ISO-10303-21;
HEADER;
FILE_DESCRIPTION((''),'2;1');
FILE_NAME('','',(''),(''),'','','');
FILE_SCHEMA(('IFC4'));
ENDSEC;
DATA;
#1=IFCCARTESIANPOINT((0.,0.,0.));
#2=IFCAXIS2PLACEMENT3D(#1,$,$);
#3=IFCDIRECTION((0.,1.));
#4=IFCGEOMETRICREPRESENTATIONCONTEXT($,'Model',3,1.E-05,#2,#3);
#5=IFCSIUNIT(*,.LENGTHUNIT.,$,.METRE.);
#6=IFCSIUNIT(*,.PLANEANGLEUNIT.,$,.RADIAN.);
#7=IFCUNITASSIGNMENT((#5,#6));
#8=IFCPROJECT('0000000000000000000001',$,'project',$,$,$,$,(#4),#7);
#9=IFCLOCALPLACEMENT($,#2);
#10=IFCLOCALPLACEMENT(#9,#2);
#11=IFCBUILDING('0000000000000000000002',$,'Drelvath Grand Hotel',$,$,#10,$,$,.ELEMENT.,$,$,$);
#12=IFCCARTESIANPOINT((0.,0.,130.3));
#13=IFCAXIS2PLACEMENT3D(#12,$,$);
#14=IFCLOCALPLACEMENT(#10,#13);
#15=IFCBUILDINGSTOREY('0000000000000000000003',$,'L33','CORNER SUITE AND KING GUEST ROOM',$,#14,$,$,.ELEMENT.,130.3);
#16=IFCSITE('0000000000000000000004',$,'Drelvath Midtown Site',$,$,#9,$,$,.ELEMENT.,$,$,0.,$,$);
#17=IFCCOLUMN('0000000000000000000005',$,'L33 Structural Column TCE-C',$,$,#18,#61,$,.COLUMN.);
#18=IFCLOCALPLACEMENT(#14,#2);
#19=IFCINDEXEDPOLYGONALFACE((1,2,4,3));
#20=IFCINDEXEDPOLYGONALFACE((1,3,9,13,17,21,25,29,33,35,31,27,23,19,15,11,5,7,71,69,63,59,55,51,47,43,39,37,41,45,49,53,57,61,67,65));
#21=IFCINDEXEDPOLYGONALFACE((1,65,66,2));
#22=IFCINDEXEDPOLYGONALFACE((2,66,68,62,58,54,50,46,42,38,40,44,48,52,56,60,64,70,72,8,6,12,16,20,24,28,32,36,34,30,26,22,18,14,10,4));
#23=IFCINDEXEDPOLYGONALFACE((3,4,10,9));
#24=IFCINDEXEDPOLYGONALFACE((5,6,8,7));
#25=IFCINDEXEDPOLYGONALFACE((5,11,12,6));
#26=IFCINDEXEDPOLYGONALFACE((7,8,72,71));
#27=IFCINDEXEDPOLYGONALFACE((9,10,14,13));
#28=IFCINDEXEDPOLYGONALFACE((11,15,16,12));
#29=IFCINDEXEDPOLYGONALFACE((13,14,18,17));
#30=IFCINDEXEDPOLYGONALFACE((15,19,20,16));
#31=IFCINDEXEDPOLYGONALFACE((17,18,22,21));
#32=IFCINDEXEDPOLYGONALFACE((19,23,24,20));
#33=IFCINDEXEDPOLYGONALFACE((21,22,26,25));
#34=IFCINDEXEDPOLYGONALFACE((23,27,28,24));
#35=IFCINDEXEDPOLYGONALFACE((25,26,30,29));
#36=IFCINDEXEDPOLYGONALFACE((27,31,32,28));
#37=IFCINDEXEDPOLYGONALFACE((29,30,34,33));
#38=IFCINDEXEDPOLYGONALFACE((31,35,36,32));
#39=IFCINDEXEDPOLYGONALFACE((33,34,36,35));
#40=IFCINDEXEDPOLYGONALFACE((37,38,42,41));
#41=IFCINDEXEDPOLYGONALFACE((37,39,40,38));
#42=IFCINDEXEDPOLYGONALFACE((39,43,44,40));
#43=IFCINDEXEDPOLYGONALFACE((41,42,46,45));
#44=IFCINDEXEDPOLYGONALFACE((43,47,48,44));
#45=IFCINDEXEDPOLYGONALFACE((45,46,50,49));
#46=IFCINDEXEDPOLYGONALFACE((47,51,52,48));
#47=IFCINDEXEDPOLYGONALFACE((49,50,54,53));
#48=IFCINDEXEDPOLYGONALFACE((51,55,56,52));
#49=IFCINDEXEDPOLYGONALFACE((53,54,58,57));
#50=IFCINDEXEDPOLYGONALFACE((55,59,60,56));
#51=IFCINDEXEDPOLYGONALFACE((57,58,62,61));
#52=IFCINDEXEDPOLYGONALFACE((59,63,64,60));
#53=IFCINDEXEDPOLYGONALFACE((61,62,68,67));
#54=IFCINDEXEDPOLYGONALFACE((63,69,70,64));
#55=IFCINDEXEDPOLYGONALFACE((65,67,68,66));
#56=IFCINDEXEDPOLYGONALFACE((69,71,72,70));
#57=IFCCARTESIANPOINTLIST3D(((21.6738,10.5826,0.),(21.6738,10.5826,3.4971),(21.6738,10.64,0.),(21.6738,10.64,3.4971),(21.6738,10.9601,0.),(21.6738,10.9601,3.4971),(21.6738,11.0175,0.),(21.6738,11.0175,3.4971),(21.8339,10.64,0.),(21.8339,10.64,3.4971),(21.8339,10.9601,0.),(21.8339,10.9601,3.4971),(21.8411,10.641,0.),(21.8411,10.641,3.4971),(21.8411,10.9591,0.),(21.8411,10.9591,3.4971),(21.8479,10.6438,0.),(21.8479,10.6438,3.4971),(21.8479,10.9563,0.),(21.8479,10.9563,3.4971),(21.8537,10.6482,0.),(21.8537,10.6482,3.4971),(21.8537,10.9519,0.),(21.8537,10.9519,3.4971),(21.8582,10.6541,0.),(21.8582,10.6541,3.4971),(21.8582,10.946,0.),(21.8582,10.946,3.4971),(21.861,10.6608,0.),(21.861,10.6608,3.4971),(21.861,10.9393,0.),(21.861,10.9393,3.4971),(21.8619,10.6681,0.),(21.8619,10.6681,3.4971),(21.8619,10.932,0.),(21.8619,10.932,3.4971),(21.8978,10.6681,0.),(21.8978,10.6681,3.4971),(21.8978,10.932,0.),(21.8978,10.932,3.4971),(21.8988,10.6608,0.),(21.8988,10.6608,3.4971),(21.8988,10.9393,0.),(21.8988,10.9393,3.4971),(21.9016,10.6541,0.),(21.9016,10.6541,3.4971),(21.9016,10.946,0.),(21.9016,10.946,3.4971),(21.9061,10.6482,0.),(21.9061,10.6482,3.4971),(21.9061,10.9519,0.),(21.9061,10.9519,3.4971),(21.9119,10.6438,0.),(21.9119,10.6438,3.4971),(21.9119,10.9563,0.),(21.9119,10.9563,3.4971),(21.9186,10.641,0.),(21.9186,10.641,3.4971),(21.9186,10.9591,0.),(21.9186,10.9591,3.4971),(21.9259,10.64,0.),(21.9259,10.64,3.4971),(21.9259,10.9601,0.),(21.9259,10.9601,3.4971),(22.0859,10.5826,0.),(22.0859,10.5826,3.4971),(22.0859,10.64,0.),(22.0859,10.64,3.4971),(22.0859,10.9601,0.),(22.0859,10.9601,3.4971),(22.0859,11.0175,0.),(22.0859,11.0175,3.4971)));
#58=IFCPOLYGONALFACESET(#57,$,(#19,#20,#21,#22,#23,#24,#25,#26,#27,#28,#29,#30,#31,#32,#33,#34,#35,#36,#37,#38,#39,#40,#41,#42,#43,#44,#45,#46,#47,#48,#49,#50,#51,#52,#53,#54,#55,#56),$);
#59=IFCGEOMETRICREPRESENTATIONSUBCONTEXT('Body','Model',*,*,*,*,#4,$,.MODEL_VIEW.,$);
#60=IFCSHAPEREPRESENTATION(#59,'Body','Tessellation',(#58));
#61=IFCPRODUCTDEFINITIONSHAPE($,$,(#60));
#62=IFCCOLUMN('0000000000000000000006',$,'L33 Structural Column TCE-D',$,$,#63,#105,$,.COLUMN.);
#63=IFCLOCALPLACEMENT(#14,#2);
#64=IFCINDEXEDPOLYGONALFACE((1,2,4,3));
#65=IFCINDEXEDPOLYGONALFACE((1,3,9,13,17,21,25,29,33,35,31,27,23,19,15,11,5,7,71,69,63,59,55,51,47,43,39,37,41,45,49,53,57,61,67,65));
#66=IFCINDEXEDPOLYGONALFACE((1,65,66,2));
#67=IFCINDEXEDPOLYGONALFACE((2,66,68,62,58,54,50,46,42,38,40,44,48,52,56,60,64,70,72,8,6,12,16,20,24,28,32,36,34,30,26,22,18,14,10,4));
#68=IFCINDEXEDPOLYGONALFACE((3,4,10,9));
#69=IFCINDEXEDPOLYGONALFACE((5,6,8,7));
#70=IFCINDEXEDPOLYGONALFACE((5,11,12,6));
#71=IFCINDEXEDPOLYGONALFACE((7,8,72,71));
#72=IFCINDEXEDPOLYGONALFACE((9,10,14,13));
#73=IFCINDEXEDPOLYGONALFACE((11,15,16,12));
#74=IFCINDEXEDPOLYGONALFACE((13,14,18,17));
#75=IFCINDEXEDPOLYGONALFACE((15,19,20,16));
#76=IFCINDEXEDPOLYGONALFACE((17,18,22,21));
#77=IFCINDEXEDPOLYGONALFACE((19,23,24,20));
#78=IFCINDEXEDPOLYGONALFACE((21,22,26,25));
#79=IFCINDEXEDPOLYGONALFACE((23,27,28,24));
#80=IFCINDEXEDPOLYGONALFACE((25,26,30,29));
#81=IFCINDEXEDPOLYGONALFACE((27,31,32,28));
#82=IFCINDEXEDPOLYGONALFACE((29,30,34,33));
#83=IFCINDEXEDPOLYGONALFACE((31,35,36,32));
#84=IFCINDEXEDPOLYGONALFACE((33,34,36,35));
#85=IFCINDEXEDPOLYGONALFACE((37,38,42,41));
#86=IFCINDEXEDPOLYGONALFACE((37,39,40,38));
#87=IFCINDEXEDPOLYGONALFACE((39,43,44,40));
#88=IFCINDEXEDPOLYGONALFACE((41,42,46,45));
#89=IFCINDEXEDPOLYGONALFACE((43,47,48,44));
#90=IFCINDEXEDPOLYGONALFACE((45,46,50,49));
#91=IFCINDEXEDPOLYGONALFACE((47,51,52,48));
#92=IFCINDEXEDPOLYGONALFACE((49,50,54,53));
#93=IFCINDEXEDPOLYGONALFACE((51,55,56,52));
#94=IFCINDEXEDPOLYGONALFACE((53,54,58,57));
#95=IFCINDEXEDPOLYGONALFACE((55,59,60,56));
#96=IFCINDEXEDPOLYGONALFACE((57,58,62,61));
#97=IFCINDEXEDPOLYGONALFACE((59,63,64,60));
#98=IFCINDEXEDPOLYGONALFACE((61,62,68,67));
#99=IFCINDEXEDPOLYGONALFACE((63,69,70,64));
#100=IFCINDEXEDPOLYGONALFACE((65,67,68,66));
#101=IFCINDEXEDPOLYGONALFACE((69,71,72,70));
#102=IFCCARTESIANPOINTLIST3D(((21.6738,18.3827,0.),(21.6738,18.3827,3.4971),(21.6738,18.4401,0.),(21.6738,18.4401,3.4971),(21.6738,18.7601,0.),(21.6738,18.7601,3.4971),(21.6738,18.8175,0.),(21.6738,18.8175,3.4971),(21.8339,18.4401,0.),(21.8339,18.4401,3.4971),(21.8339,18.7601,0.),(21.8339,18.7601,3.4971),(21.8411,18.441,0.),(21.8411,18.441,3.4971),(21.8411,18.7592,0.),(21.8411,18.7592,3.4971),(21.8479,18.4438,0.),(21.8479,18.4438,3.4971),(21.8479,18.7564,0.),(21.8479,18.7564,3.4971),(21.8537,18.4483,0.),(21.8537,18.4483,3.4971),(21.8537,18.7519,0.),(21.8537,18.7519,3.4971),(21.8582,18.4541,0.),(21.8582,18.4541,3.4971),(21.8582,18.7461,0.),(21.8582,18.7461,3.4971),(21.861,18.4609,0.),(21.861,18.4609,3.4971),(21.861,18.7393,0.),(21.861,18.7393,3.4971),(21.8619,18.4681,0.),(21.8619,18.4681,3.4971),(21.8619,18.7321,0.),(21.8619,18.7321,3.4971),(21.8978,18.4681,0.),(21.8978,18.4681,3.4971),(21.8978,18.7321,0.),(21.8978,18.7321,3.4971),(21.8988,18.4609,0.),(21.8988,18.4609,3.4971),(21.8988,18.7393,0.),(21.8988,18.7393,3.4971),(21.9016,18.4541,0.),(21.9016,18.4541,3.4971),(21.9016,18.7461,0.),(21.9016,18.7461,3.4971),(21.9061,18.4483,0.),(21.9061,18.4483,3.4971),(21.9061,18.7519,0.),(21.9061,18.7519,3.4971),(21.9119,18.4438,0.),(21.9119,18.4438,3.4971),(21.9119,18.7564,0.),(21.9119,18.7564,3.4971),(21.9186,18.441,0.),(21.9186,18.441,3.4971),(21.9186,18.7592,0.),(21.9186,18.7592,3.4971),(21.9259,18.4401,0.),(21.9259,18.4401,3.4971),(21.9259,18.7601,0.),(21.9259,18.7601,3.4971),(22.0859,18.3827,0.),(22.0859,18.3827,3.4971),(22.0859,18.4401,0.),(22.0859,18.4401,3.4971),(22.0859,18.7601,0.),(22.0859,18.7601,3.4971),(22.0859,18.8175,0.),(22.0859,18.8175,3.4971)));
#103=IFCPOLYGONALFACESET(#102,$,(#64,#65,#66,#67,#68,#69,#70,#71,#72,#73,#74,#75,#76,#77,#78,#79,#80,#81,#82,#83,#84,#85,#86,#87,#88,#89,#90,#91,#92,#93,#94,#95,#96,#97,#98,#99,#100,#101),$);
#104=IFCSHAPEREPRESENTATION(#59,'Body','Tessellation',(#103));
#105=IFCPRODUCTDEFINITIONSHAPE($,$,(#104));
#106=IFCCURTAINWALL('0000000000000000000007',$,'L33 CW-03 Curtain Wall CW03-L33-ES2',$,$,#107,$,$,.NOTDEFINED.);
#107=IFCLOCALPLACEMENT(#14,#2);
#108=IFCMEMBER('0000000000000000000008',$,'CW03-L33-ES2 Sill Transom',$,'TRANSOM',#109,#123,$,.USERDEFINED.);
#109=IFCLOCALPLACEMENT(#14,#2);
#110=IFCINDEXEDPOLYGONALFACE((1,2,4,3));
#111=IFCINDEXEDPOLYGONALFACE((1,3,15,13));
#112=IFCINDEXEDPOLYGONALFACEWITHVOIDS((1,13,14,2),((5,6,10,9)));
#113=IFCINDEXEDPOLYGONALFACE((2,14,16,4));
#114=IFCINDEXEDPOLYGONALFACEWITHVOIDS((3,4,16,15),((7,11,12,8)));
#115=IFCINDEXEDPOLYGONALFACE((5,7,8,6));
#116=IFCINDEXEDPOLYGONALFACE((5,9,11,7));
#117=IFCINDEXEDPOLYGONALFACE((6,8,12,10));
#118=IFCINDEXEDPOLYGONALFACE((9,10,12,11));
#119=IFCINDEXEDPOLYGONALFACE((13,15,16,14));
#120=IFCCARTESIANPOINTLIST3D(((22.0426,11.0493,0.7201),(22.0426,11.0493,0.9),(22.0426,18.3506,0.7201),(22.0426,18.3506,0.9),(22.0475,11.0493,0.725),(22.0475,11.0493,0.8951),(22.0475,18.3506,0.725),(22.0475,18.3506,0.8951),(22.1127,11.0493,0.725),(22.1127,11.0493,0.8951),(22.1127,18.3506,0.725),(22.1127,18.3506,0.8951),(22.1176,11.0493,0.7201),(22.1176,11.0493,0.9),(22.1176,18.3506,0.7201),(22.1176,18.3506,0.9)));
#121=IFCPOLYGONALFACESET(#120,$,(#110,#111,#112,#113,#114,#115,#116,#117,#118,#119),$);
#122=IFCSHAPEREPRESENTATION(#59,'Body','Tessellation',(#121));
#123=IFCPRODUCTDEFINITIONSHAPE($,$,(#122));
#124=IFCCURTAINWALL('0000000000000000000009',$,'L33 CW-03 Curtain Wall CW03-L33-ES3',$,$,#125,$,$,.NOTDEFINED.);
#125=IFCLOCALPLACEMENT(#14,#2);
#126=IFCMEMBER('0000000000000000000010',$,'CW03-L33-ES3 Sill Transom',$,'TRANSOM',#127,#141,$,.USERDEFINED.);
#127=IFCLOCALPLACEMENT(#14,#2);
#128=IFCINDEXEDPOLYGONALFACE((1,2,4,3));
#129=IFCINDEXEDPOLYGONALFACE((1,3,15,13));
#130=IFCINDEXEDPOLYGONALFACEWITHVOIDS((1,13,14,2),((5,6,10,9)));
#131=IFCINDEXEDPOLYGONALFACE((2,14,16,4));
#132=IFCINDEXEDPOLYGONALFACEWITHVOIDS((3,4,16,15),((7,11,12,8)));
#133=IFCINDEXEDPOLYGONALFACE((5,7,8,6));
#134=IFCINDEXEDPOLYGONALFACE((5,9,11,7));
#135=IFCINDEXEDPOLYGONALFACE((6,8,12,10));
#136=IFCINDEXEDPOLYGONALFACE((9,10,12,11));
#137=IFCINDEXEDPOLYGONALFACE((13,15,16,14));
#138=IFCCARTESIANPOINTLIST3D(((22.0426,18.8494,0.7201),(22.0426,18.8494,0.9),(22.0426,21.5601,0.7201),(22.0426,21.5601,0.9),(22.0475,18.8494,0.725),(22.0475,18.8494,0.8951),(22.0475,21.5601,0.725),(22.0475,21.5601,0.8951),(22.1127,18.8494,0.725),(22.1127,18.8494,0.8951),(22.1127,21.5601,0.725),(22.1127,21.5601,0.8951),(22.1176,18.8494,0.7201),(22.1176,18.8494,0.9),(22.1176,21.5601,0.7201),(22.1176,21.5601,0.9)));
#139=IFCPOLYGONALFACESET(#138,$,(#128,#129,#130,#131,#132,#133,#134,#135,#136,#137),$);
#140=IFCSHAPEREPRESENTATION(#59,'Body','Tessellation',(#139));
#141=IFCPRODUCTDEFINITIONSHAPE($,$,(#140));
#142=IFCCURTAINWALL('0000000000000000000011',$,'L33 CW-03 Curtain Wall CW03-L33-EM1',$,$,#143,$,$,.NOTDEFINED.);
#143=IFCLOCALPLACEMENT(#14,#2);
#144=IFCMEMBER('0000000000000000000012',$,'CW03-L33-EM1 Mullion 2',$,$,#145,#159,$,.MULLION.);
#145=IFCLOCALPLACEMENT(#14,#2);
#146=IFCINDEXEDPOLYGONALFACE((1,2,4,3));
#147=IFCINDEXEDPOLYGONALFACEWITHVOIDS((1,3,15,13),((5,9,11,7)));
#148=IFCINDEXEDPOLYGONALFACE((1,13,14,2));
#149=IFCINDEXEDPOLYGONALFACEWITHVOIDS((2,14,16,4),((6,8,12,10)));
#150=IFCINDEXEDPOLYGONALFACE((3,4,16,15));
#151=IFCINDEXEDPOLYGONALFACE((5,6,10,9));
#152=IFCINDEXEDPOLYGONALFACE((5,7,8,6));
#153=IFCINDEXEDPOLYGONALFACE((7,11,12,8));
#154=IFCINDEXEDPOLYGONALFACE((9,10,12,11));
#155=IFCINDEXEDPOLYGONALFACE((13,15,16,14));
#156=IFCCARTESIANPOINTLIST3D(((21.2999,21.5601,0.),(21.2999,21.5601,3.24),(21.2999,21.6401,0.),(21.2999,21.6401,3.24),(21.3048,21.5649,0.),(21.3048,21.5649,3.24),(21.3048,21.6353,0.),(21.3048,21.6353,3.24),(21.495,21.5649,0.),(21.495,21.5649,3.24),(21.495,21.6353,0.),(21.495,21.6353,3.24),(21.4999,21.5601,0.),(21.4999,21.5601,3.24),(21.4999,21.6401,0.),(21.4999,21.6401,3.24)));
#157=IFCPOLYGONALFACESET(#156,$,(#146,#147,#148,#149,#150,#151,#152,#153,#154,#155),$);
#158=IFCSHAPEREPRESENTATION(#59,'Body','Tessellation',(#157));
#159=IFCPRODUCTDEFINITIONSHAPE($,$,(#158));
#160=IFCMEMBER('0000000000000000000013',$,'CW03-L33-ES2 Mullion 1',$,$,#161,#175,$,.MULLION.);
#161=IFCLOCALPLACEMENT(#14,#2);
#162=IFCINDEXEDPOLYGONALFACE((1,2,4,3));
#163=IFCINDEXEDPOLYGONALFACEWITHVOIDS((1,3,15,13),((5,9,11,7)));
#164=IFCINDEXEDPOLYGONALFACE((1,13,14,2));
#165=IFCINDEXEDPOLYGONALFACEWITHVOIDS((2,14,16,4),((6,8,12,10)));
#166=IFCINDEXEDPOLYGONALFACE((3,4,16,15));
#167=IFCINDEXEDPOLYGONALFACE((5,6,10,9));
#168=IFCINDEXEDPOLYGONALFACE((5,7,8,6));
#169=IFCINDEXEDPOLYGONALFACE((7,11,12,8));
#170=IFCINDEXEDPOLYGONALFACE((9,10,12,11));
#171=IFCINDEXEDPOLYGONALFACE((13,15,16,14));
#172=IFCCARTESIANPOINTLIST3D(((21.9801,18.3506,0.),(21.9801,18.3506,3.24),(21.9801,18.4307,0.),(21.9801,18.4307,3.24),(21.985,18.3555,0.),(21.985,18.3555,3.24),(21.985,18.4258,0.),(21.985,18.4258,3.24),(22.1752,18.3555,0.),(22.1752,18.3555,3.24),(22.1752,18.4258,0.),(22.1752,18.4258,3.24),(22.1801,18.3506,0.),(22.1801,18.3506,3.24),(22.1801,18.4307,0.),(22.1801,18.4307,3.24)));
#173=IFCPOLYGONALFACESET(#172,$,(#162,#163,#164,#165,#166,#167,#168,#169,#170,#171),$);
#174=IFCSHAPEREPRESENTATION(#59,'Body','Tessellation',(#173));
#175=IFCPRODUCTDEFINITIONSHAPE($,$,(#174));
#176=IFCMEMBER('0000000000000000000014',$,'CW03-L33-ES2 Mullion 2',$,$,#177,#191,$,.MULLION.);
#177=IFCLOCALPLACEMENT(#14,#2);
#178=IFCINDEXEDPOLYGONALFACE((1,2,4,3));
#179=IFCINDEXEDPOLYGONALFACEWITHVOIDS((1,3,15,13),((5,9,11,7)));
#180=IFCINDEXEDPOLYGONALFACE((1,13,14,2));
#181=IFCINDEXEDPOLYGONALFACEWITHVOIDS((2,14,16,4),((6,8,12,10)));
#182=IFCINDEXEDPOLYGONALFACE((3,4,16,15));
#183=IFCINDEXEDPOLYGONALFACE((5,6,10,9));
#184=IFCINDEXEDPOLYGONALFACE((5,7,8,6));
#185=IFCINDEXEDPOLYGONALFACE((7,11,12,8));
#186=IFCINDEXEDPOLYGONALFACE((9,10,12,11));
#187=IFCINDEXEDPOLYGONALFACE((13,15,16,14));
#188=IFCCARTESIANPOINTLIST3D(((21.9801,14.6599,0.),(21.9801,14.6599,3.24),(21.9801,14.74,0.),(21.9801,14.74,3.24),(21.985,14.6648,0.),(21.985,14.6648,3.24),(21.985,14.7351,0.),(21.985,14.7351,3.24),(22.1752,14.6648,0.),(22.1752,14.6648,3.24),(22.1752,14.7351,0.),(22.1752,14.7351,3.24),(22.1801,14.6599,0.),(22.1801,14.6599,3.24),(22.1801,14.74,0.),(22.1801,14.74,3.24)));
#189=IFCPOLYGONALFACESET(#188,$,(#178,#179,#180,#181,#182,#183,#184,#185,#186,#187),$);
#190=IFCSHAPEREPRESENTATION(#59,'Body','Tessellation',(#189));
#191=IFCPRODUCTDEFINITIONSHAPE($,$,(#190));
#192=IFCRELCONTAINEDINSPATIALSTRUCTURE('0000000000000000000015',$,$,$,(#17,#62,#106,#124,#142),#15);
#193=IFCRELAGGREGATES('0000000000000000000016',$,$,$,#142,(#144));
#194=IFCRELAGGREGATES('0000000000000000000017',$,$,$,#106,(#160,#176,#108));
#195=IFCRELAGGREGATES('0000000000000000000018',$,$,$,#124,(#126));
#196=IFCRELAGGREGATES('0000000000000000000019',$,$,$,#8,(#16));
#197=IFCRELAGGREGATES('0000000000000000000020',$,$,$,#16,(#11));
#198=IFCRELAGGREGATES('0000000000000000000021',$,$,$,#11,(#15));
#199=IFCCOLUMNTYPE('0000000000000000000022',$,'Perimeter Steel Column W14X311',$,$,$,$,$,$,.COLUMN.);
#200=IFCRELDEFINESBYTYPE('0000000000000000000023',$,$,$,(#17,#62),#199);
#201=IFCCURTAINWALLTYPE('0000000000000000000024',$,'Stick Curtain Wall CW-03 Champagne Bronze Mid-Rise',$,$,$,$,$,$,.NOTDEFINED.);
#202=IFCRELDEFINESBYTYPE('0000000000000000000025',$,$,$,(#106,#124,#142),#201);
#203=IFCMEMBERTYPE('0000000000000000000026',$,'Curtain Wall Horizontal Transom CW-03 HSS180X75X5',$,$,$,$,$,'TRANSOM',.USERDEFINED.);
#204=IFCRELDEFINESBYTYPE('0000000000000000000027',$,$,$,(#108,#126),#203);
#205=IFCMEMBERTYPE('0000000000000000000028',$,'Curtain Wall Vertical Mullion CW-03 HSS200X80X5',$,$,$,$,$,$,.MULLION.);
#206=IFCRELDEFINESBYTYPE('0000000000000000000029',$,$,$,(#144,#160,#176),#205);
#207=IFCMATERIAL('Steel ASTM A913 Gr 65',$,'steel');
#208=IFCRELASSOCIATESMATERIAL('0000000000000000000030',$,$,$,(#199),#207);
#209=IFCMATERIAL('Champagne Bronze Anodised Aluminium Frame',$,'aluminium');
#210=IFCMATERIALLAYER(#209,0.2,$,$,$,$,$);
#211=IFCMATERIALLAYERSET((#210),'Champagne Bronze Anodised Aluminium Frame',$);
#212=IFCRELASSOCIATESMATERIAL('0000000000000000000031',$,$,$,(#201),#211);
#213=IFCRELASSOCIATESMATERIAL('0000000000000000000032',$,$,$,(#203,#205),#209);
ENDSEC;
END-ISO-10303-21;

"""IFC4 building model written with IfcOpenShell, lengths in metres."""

from ifc_helpers import new_model, si_unit, direction, frame, origin, origin_2d, place, context, subcontext, project, spatial, hollow_rectangle, i_section, extrude, material, layer, layer_set, material_profile, profile_set, type_object, element, aggregate, save


model = new_model("IFC4")

# Units and contexts
model_context = context("Model", 3, precision=1e-05, world=origin(), true_north=direction((0.0, 1.0)))
body_context = subcontext(model_context, "Body", "Model", "MODEL_VIEW")
ifc_project = project(units=[si_unit("LENGTHUNIT", "METRE"), si_unit("PLANEANGLEUNIT", "RADIAN")], contexts=[model_context])

# Site, building, storey
site_placement = place(None, origin())
site = spatial("IfcSite", under=ifc_project, at=site_placement, Name="Drelvath Midtown Site", CompositionType="ELEMENT", RefElevation=0.0)
building_placement = place(site_placement, origin())
building = spatial("IfcBuilding", under=site, at=building_placement, Name="Drelvath Grand Hotel", CompositionType="ELEMENT")
storey_placement = place(building_placement, frame((0.0, 0.0, 130.3)))
storey = spatial("IfcBuildingStorey", under=building, at=storey_placement, Name="L33", Description="CORNER SUITE AND KING GUEST ROOM", CompositionType="ELEMENT", Elevation=130.3)

# Columns
ifc_material_1 = material(Name="Steel ASTM A913 Gr 65", Category="steel")
ifc_material_profile_1 = material_profile(ifc_material_1, i_section(OverallWidth=0.4121, OverallDepth=0.4348, WebThickness=0.0359, FlangeThickness=0.0574, FilletRadius=0.0281, at=origin_2d()), Name="W14X311")
ifc_profile_set_1 = profile_set([ifc_material_profile_1], Name="Steel ASTM A913 Gr 65")
column_type = type_object("IfcColumnType", Name="Perimeter Steel Column W14X311", PredefinedType="COLUMN", material=ifc_profile_set_1)
for number, where, z_axis, x_axis, name in (
    (1, (21.8799, 10.8, 0.0), (0.0, 0.0, 1.0), (1.0, 0.0, 0.0), "L33 Structural Column TCE-C"),
    (2, (21.8799, 18.6001, 0.0), (0.0, 0.0, 1.0), (1.0, 0.0, 0.0), "L33 Structural Column TCE-D"),
):
    element("IfcColumn", number, at=place(storey_placement, frame(where, z_axis=z_axis, x_axis=x_axis)), inside=storey, type_object=column_type, Name=name, PredefinedType="COLUMN", context=body_context, shape_type="SweptSolid", body=[
        extrude(i_section(OverallWidth=0.4121, OverallDepth=0.4348, WebThickness=0.0359, FlangeThickness=0.0574, FilletRadius=0.0281, at=origin_2d()), origin(), (0.0, 0.0, 1.0), 3.4971),
    ])

# Curtain walls, members
ifc_material_2 = material(Name="Champagne Bronze Anodised Aluminium Frame", Category="aluminium")
ifc_layer_1 = layer(ifc_material_2, 0.2)
ifc_layer_set_1 = layer_set([ifc_layer_1], Name="Champagne Bronze Anodised Aluminium Frame")
curtain_wall_type = type_object("IfcCurtainWallType", Name="Stick Curtain Wall CW-03 Champagne Bronze Mid-Rise", PredefinedType="NOTDEFINED", material=ifc_layer_set_1)
curtain_wall_1_placement = place(storey_placement, origin())
curtain_wall_1 = element("IfcCurtainWall", 3, at=curtain_wall_1_placement, inside=storey, type_object=curtain_wall_type, Name="L33 CW-03 Curtain Wall CW03-L33-ES2", PredefinedType="NOTDEFINED")
ifc_material_profile_2 = material_profile(ifc_material_2, hollow_rectangle(XDim=0.075, YDim=0.1799, WallThickness=0.0049, at=origin_2d()), Name="HSS180X75X5")
ifc_profile_set_2 = profile_set([ifc_material_profile_2], Name="Champagne Bronze Anodised Aluminium Frame")
member_type_1 = type_object("IfcMemberType", Name="Curtain Wall Horizontal Transom CW-03 HSS180X75X5", ElementType="TRANSOM", PredefinedType="USERDEFINED", material=ifc_profile_set_2)
member_1_placement = place(storey_placement, frame((22.0801, 18.3506, 0.8101), z_axis=(0.0, -1.0, 0.0), x_axis=(1.0, 0.0, 0.0)))
member_1 = element("IfcMember", 4, at=member_1_placement, type_object=member_type_1, Name="CW03-L33-ES2 Sill Transom", ObjectType="TRANSOM", PredefinedType="USERDEFINED", context=body_context, shape_type="SweptSolid", body=[
    extrude(hollow_rectangle(XDim=0.075, YDim=0.1799, WallThickness=0.0049, at=origin_2d()), origin(), (0.0, 0.0, 1.0), 7.3013),
])
curtain_wall_2_placement = place(storey_placement, origin())
curtain_wall_2 = element("IfcCurtainWall", 5, at=curtain_wall_2_placement, inside=storey, type_object=curtain_wall_type, Name="L33 CW-03 Curtain Wall CW03-L33-ES3", PredefinedType="NOTDEFINED")
member_2_placement = place(storey_placement, frame((22.0801, 21.5601, 0.8101), z_axis=(0.0, -1.0, 0.0), x_axis=(1.0, 0.0, 0.0)))
member_2 = element("IfcMember", 6, at=member_2_placement, type_object=member_type_1, Name="CW03-L33-ES3 Sill Transom", ObjectType="TRANSOM", PredefinedType="USERDEFINED", context=body_context, shape_type="SweptSolid", body=[
    extrude(hollow_rectangle(XDim=0.075, YDim=0.1799, WallThickness=0.0049, at=origin_2d()), origin(), (0.0, 0.0, 1.0), 2.7107),
])
curtain_wall_3_placement = place(storey_placement, origin())
curtain_wall_3 = element("IfcCurtainWall", 7, at=curtain_wall_3_placement, inside=storey, type_object=curtain_wall_type, Name="L33 CW-03 Curtain Wall CW03-L33-EM1", PredefinedType="NOTDEFINED")
ifc_material_profile_3 = material_profile(ifc_material_2, hollow_rectangle(XDim=0.0801, YDim=0.2, WallThickness=0.0049, at=origin_2d()), Name="HSS200X80X5")
ifc_profile_set_3 = profile_set([ifc_material_profile_3], Name="Champagne Bronze Anodised Aluminium Frame")
member_type_2 = type_object("IfcMemberType", Name="Curtain Wall Vertical Mullion CW-03 HSS200X80X5", PredefinedType="MULLION", material=ifc_profile_set_3)
member_3_placement = place(storey_placement, frame((21.3999, 21.6001, 0.0), z_axis=(0.0, 0.0, 1.0), x_axis=(0.0, 1.0, 0.0)))
member_3 = element("IfcMember", 8, at=member_3_placement, type_object=member_type_2, Name="CW03-L33-EM1 Mullion 2", PredefinedType="MULLION", context=body_context, shape_type="SweptSolid", body=[
    extrude(hollow_rectangle(XDim=0.0801, YDim=0.2, WallThickness=0.0049, at=origin_2d()), origin(), (0.0, 0.0, 1.0), 3.24),
])

# Members
member_4_placement = place(storey_placement, frame((22.0801, 18.3906, 0.0), z_axis=(0.0, 0.0, 1.0), x_axis=(0.0, 1.0, 0.0)))
member_4 = element("IfcMember", 9, at=member_4_placement, type_object=member_type_2, Name="CW03-L33-ES2 Mullion 1", PredefinedType="MULLION", context=body_context, shape_type="SweptSolid", body=[
    extrude(hollow_rectangle(XDim=0.0801, YDim=0.2, WallThickness=0.0049, at=origin_2d()), origin(), (0.0, 0.0, 1.0), 3.24),
])
member_5_placement = place(storey_placement, frame((22.0801, 14.7, 0.0), z_axis=(0.0, 0.0, 1.0), x_axis=(0.0, 1.0, 0.0)))
member_5 = element("IfcMember", 10, at=member_5_placement, type_object=member_type_2, Name="CW03-L33-ES2 Mullion 2", PredefinedType="MULLION", context=body_context, shape_type="SweptSolid", body=[
    extrude(hollow_rectangle(XDim=0.0801, YDim=0.2, WallThickness=0.0049, at=origin_2d()), origin(), (0.0, 0.0, 1.0), 3.24),
])

aggregate(curtain_wall_3, [member_3])
aggregate(curtain_wall_1, [member_4, member_5, member_1])
aggregate(curtain_wall_2, [member_2])

save(model, "model.ifc")
